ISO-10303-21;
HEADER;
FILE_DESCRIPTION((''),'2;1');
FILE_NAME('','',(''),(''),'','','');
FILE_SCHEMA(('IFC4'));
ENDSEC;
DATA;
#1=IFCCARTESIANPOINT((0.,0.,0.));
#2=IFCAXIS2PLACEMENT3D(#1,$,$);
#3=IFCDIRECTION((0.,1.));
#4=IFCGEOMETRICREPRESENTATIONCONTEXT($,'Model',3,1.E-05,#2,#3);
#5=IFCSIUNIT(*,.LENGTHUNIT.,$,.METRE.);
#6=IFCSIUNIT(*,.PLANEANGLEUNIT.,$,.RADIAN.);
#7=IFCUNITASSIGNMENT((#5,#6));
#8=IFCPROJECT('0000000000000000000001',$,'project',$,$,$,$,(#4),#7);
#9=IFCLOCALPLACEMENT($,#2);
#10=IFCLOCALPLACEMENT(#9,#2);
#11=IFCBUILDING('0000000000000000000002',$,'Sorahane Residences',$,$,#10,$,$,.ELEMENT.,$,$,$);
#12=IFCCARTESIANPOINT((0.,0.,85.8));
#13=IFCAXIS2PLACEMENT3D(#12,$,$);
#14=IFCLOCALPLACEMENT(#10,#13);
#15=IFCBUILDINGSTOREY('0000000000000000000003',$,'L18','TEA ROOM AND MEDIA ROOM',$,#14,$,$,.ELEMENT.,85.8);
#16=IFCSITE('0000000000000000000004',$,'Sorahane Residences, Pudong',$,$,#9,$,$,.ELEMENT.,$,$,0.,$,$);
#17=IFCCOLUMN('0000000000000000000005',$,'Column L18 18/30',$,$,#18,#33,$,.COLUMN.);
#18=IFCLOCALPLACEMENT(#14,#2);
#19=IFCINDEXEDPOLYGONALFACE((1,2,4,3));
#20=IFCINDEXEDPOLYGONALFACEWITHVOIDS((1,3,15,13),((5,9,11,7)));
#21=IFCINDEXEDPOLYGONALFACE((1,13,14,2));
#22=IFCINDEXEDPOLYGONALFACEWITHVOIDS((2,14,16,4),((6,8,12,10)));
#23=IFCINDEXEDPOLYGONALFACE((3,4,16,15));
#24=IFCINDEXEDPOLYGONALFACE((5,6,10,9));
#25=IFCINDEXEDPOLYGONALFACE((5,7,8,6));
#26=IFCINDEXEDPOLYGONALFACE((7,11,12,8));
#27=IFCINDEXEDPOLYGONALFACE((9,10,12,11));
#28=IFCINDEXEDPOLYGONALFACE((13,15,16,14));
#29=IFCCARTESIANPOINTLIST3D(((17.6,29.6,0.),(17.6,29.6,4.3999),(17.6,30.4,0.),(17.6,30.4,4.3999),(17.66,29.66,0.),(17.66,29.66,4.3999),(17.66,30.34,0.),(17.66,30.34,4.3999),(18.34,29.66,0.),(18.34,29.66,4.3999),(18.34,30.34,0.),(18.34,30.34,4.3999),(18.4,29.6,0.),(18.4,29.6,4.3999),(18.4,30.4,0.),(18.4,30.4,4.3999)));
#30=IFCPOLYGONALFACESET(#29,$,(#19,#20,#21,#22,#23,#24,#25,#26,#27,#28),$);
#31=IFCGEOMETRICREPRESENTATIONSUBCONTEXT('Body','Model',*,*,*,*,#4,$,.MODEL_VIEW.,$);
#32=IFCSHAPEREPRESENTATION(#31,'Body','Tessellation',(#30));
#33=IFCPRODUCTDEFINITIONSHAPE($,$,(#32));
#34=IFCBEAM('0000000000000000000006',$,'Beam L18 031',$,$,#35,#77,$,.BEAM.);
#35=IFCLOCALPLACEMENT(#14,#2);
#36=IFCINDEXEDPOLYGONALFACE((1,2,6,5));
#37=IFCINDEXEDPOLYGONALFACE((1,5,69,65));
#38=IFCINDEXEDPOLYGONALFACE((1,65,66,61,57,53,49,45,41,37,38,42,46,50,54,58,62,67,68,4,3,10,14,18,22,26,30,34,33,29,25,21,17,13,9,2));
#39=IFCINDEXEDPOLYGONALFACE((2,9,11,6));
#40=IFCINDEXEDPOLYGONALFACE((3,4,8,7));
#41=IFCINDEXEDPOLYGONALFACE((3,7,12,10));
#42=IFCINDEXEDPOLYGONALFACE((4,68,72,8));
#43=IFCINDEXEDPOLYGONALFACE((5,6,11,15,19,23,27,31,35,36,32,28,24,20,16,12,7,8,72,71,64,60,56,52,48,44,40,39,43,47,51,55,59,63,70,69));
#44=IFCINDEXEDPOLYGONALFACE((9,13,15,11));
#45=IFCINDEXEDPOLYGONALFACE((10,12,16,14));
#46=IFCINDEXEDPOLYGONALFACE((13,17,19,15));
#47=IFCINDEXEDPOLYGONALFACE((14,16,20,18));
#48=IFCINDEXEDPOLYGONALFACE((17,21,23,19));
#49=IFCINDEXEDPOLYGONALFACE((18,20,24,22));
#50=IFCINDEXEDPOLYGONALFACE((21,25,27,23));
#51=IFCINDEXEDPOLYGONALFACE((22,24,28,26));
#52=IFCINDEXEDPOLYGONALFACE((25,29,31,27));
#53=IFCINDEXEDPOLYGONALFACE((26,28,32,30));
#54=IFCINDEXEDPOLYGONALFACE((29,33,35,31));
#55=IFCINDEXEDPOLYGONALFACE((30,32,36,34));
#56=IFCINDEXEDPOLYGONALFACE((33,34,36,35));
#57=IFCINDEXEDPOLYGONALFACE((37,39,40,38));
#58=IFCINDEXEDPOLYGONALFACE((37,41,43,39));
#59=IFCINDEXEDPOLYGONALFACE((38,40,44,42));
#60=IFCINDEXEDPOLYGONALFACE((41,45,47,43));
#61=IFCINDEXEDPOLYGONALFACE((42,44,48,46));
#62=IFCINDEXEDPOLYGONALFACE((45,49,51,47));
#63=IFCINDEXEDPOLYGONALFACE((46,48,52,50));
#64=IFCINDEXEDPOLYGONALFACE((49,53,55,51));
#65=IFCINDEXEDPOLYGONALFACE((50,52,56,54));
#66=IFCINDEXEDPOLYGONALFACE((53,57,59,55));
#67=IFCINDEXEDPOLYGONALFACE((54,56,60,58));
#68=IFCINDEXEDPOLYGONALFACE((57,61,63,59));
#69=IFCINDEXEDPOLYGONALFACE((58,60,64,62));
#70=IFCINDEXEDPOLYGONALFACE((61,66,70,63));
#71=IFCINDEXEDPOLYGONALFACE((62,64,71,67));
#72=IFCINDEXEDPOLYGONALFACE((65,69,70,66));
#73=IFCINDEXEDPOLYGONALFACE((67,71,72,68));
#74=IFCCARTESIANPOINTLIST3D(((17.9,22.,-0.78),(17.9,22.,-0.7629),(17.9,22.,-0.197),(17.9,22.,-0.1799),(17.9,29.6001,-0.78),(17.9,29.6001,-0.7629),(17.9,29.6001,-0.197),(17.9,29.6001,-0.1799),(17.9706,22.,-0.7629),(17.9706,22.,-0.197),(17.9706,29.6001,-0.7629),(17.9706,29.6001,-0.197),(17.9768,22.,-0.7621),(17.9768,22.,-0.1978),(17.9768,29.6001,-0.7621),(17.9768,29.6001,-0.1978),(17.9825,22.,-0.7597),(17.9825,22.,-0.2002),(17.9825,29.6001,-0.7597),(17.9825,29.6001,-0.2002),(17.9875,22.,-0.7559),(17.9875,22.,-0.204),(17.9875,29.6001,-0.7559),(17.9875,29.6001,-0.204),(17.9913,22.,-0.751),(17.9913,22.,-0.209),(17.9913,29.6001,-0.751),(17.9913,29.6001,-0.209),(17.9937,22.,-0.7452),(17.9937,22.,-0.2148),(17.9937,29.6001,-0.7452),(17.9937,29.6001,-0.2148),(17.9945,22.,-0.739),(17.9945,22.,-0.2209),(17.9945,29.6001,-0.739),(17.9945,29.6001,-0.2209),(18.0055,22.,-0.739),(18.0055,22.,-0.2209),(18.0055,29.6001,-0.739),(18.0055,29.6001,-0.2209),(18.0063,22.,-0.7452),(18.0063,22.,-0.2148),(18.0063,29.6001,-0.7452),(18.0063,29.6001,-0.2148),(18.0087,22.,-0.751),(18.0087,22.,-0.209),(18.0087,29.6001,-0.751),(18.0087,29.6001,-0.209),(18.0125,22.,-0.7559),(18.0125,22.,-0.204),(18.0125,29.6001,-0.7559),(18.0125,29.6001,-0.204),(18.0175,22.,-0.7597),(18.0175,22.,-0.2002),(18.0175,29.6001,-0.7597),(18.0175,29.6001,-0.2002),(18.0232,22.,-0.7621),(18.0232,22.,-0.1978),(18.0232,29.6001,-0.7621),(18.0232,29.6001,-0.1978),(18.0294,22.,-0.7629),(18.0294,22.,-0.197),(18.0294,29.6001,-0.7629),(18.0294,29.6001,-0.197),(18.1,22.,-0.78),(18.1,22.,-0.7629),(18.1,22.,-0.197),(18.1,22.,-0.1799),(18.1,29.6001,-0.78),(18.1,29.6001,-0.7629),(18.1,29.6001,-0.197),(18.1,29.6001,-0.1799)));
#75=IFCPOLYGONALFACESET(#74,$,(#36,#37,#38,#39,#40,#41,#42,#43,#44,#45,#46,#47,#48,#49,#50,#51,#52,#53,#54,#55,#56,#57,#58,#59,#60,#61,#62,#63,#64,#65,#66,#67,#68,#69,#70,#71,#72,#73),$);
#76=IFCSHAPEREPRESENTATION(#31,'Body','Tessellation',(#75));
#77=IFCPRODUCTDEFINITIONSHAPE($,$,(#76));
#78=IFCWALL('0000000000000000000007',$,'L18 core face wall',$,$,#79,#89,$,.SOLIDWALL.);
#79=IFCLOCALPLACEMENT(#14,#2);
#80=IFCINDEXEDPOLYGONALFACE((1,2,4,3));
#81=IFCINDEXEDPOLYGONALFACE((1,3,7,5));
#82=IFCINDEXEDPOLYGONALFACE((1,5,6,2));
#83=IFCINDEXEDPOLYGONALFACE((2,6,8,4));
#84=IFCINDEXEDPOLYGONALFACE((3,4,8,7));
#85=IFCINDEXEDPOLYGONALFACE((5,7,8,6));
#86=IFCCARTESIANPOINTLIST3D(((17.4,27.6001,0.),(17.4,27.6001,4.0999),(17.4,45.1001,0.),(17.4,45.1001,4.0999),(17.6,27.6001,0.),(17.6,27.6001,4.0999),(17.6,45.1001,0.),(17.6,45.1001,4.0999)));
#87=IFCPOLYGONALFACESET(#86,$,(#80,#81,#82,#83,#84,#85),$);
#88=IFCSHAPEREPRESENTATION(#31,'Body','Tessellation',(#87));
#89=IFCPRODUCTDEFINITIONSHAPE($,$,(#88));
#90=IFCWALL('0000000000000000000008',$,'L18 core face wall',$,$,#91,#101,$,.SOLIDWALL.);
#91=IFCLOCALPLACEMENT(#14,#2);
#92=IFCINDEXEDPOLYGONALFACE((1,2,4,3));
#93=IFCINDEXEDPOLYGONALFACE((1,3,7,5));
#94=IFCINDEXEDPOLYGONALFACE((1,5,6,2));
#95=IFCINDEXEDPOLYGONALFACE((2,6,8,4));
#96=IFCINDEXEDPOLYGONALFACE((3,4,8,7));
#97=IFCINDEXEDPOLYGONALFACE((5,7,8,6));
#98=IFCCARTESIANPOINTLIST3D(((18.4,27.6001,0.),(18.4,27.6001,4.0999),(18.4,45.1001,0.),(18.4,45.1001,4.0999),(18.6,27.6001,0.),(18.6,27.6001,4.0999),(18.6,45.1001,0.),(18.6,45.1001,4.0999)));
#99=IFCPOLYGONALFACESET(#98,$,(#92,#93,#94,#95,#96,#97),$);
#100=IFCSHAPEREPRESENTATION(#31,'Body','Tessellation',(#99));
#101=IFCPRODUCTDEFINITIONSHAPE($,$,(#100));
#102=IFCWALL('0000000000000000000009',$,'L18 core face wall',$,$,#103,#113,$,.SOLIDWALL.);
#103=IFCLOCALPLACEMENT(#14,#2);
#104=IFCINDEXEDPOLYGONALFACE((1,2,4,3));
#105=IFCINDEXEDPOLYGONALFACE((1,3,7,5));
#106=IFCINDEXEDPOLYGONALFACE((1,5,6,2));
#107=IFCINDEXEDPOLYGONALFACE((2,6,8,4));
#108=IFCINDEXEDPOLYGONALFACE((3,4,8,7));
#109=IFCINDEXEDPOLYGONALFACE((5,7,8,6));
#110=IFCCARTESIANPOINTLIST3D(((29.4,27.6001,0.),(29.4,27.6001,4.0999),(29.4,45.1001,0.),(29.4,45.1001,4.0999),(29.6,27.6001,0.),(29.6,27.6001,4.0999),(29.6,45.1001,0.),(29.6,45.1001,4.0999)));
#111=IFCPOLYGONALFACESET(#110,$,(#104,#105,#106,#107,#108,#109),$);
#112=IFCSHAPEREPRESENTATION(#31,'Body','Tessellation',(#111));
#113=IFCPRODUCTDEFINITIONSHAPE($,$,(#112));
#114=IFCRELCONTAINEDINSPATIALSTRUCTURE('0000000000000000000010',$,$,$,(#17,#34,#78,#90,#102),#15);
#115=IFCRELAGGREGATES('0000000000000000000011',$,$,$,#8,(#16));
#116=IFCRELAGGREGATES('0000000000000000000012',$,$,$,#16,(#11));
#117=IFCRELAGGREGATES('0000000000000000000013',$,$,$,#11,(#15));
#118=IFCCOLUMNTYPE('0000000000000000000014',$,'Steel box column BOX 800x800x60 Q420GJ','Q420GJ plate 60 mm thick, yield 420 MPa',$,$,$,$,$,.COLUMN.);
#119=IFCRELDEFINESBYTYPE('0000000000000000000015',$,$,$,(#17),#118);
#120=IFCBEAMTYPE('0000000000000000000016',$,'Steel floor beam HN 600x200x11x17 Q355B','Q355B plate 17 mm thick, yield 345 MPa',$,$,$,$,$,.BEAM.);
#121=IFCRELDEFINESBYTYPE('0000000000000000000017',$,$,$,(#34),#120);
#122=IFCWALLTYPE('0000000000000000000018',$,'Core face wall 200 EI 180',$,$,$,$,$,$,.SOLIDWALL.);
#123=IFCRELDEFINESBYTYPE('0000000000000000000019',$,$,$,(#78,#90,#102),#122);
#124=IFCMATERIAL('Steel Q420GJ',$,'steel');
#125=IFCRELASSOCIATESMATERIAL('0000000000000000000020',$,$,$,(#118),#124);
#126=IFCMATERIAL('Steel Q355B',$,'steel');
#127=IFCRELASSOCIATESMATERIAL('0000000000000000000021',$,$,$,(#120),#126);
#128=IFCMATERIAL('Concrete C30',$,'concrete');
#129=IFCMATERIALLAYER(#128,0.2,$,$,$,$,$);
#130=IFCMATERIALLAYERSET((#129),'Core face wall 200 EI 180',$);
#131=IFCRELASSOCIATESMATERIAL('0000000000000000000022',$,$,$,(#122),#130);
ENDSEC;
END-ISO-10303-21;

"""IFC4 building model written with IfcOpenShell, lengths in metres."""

from ifc_helpers import new_model, si_unit, direction, frame, frame_2d, origin, origin_2d, place, context, subcontext, project, spatial, rectangle, hollow_rectangle, i_section, extrude, material, layer, layer_set, material_profile, profile_set, type_object, element, save


model = new_model("IFC4")

# Units and contexts
model_context = context("Model", 3, precision=1e-05, world=origin(), true_north=direction((0.0, 1.0)))
body_context = subcontext(model_context, "Body", "Model", "MODEL_VIEW")
ifc_project = project(units=[si_unit("LENGTHUNIT", "METRE"), si_unit("PLANEANGLEUNIT", "RADIAN")], contexts=[model_context])

# Site, building, storey
site_placement = place(None, origin())
site = spatial("IfcSite", under=ifc_project, at=site_placement, Name="Sorahane Residences, Pudong", CompositionType="ELEMENT", RefElevation=0.0)
building_placement = place(site_placement, origin())
building = spatial("IfcBuilding", under=site, at=building_placement, Name="Sorahane Residences", CompositionType="ELEMENT")
storey_placement = place(building_placement, frame((0.0, 0.0, 85.8)))
storey = spatial("IfcBuildingStorey", under=building, at=storey_placement, Name="L18", Description="TEA ROOM AND MEDIA ROOM", CompositionType="ELEMENT", Elevation=85.8)

# Column
ifc_material_1 = material(Name="Steel Q420GJ", Category="steel")
ifc_material_profile_1 = material_profile(ifc_material_1, hollow_rectangle(XDim=0.8, YDim=0.8, WallThickness=0.0601, at=origin_2d()), Name="BOX 800x800x60")
ifc_profile_set_1 = profile_set([ifc_material_profile_1], Name="Steel Q420GJ")
column_type = type_object("IfcColumnType", Name="Steel box column BOX 800x800x60 Q420GJ", Description="Q420GJ plate 60 mm thick, yield 420 MPa", PredefinedType="COLUMN", material=ifc_profile_set_1)
column_placement = place(storey_placement, frame((18.0, 30.0, 0.0), z_axis=(0.0, 0.0, 1.0), x_axis=(1.0, 0.0, 0.0)))
element("IfcColumn", 1, at=column_placement, inside=storey, type_object=column_type, Name="Column L18 18/30", PredefinedType="COLUMN", context=body_context, shape_type="SweptSolid", body=[
    extrude(hollow_rectangle(XDim=0.8, YDim=0.8, WallThickness=0.0601, at=origin_2d()), origin(), (0.0, 0.0, 1.0), 4.3999),
])

# Beam
ifc_material_2 = material(Name="Steel Q355B", Category="steel")
ifc_material_profile_2 = material_profile(ifc_material_2, i_section(OverallWidth=0.2, OverallDepth=0.6001, WebThickness=0.011, FlangeThickness=0.0171, FilletRadius=0.0239, at=origin_2d()), Name="HN 600x200x11x17")
ifc_profile_set_2 = profile_set([ifc_material_profile_2], Name="Steel Q355B")
beam_type = type_object("IfcBeamType", Name="Steel floor beam HN 600x200x11x17 Q355B", Description="Q355B plate 17 mm thick, yield 345 MPa", PredefinedType="BEAM", material=ifc_profile_set_2)
beam_placement = place(storey_placement, frame((18.0, 22.0, -0.48), z_axis=(0.0, 1.0, 0.0), x_axis=(-1.0, 0.0, 0.0)))
element("IfcBeam", 2, at=beam_placement, inside=storey, type_object=beam_type, Name="Beam L18 031", PredefinedType="BEAM", context=body_context, shape_type="SweptSolid", body=[
    extrude(i_section(OverallWidth=0.2, OverallDepth=0.6001, WebThickness=0.011, FlangeThickness=0.0171, FilletRadius=0.0239, at=origin_2d()), origin(), (0.0, 0.0, 1.0), 7.6001),
])

# Walls
ifc_material_3 = material(Name="Concrete C30", Category="concrete")
ifc_layer_1 = layer(ifc_material_3, 0.2)
ifc_layer_set_1 = layer_set([ifc_layer_1], Name="Core face wall 200 EI 180")
wall_type_1 = type_object("IfcWallType", Name="Core face wall 200 EI 180", PredefinedType="SOLIDWALL", material=ifc_layer_set_1)
for number, where, z_axis, x_axis, name in (
    (3, (17.5, 27.6001, 0.0), (0.0, 0.0, 1.0), (0.0, 1.0, 0.0), "L18 core face wall"),
    (4, (18.5, 27.6001, 0.0), (0.0, 0.0, 1.0), (0.0, 1.0, 0.0), "L18 core face wall"),
    (5, (29.5, 27.6001, 0.0), (0.0, 0.0, 1.0), (0.0, 1.0, 0.0), "L18 core face wall"),
):
    element("IfcWall", number, at=place(storey_placement, frame(where, z_axis=z_axis, x_axis=x_axis)), inside=storey, type_object=wall_type_1, Name=name, PredefinedType="SOLIDWALL", context=body_context, shape_type="SweptSolid", body=[
        extrude(rectangle(XDim=17.5, YDim=0.2, at=frame_2d((8.75, 0.0))), origin(), (0.0, 0.0, 1.0), 4.0999),
    ])

save(model, "model.ifc")
